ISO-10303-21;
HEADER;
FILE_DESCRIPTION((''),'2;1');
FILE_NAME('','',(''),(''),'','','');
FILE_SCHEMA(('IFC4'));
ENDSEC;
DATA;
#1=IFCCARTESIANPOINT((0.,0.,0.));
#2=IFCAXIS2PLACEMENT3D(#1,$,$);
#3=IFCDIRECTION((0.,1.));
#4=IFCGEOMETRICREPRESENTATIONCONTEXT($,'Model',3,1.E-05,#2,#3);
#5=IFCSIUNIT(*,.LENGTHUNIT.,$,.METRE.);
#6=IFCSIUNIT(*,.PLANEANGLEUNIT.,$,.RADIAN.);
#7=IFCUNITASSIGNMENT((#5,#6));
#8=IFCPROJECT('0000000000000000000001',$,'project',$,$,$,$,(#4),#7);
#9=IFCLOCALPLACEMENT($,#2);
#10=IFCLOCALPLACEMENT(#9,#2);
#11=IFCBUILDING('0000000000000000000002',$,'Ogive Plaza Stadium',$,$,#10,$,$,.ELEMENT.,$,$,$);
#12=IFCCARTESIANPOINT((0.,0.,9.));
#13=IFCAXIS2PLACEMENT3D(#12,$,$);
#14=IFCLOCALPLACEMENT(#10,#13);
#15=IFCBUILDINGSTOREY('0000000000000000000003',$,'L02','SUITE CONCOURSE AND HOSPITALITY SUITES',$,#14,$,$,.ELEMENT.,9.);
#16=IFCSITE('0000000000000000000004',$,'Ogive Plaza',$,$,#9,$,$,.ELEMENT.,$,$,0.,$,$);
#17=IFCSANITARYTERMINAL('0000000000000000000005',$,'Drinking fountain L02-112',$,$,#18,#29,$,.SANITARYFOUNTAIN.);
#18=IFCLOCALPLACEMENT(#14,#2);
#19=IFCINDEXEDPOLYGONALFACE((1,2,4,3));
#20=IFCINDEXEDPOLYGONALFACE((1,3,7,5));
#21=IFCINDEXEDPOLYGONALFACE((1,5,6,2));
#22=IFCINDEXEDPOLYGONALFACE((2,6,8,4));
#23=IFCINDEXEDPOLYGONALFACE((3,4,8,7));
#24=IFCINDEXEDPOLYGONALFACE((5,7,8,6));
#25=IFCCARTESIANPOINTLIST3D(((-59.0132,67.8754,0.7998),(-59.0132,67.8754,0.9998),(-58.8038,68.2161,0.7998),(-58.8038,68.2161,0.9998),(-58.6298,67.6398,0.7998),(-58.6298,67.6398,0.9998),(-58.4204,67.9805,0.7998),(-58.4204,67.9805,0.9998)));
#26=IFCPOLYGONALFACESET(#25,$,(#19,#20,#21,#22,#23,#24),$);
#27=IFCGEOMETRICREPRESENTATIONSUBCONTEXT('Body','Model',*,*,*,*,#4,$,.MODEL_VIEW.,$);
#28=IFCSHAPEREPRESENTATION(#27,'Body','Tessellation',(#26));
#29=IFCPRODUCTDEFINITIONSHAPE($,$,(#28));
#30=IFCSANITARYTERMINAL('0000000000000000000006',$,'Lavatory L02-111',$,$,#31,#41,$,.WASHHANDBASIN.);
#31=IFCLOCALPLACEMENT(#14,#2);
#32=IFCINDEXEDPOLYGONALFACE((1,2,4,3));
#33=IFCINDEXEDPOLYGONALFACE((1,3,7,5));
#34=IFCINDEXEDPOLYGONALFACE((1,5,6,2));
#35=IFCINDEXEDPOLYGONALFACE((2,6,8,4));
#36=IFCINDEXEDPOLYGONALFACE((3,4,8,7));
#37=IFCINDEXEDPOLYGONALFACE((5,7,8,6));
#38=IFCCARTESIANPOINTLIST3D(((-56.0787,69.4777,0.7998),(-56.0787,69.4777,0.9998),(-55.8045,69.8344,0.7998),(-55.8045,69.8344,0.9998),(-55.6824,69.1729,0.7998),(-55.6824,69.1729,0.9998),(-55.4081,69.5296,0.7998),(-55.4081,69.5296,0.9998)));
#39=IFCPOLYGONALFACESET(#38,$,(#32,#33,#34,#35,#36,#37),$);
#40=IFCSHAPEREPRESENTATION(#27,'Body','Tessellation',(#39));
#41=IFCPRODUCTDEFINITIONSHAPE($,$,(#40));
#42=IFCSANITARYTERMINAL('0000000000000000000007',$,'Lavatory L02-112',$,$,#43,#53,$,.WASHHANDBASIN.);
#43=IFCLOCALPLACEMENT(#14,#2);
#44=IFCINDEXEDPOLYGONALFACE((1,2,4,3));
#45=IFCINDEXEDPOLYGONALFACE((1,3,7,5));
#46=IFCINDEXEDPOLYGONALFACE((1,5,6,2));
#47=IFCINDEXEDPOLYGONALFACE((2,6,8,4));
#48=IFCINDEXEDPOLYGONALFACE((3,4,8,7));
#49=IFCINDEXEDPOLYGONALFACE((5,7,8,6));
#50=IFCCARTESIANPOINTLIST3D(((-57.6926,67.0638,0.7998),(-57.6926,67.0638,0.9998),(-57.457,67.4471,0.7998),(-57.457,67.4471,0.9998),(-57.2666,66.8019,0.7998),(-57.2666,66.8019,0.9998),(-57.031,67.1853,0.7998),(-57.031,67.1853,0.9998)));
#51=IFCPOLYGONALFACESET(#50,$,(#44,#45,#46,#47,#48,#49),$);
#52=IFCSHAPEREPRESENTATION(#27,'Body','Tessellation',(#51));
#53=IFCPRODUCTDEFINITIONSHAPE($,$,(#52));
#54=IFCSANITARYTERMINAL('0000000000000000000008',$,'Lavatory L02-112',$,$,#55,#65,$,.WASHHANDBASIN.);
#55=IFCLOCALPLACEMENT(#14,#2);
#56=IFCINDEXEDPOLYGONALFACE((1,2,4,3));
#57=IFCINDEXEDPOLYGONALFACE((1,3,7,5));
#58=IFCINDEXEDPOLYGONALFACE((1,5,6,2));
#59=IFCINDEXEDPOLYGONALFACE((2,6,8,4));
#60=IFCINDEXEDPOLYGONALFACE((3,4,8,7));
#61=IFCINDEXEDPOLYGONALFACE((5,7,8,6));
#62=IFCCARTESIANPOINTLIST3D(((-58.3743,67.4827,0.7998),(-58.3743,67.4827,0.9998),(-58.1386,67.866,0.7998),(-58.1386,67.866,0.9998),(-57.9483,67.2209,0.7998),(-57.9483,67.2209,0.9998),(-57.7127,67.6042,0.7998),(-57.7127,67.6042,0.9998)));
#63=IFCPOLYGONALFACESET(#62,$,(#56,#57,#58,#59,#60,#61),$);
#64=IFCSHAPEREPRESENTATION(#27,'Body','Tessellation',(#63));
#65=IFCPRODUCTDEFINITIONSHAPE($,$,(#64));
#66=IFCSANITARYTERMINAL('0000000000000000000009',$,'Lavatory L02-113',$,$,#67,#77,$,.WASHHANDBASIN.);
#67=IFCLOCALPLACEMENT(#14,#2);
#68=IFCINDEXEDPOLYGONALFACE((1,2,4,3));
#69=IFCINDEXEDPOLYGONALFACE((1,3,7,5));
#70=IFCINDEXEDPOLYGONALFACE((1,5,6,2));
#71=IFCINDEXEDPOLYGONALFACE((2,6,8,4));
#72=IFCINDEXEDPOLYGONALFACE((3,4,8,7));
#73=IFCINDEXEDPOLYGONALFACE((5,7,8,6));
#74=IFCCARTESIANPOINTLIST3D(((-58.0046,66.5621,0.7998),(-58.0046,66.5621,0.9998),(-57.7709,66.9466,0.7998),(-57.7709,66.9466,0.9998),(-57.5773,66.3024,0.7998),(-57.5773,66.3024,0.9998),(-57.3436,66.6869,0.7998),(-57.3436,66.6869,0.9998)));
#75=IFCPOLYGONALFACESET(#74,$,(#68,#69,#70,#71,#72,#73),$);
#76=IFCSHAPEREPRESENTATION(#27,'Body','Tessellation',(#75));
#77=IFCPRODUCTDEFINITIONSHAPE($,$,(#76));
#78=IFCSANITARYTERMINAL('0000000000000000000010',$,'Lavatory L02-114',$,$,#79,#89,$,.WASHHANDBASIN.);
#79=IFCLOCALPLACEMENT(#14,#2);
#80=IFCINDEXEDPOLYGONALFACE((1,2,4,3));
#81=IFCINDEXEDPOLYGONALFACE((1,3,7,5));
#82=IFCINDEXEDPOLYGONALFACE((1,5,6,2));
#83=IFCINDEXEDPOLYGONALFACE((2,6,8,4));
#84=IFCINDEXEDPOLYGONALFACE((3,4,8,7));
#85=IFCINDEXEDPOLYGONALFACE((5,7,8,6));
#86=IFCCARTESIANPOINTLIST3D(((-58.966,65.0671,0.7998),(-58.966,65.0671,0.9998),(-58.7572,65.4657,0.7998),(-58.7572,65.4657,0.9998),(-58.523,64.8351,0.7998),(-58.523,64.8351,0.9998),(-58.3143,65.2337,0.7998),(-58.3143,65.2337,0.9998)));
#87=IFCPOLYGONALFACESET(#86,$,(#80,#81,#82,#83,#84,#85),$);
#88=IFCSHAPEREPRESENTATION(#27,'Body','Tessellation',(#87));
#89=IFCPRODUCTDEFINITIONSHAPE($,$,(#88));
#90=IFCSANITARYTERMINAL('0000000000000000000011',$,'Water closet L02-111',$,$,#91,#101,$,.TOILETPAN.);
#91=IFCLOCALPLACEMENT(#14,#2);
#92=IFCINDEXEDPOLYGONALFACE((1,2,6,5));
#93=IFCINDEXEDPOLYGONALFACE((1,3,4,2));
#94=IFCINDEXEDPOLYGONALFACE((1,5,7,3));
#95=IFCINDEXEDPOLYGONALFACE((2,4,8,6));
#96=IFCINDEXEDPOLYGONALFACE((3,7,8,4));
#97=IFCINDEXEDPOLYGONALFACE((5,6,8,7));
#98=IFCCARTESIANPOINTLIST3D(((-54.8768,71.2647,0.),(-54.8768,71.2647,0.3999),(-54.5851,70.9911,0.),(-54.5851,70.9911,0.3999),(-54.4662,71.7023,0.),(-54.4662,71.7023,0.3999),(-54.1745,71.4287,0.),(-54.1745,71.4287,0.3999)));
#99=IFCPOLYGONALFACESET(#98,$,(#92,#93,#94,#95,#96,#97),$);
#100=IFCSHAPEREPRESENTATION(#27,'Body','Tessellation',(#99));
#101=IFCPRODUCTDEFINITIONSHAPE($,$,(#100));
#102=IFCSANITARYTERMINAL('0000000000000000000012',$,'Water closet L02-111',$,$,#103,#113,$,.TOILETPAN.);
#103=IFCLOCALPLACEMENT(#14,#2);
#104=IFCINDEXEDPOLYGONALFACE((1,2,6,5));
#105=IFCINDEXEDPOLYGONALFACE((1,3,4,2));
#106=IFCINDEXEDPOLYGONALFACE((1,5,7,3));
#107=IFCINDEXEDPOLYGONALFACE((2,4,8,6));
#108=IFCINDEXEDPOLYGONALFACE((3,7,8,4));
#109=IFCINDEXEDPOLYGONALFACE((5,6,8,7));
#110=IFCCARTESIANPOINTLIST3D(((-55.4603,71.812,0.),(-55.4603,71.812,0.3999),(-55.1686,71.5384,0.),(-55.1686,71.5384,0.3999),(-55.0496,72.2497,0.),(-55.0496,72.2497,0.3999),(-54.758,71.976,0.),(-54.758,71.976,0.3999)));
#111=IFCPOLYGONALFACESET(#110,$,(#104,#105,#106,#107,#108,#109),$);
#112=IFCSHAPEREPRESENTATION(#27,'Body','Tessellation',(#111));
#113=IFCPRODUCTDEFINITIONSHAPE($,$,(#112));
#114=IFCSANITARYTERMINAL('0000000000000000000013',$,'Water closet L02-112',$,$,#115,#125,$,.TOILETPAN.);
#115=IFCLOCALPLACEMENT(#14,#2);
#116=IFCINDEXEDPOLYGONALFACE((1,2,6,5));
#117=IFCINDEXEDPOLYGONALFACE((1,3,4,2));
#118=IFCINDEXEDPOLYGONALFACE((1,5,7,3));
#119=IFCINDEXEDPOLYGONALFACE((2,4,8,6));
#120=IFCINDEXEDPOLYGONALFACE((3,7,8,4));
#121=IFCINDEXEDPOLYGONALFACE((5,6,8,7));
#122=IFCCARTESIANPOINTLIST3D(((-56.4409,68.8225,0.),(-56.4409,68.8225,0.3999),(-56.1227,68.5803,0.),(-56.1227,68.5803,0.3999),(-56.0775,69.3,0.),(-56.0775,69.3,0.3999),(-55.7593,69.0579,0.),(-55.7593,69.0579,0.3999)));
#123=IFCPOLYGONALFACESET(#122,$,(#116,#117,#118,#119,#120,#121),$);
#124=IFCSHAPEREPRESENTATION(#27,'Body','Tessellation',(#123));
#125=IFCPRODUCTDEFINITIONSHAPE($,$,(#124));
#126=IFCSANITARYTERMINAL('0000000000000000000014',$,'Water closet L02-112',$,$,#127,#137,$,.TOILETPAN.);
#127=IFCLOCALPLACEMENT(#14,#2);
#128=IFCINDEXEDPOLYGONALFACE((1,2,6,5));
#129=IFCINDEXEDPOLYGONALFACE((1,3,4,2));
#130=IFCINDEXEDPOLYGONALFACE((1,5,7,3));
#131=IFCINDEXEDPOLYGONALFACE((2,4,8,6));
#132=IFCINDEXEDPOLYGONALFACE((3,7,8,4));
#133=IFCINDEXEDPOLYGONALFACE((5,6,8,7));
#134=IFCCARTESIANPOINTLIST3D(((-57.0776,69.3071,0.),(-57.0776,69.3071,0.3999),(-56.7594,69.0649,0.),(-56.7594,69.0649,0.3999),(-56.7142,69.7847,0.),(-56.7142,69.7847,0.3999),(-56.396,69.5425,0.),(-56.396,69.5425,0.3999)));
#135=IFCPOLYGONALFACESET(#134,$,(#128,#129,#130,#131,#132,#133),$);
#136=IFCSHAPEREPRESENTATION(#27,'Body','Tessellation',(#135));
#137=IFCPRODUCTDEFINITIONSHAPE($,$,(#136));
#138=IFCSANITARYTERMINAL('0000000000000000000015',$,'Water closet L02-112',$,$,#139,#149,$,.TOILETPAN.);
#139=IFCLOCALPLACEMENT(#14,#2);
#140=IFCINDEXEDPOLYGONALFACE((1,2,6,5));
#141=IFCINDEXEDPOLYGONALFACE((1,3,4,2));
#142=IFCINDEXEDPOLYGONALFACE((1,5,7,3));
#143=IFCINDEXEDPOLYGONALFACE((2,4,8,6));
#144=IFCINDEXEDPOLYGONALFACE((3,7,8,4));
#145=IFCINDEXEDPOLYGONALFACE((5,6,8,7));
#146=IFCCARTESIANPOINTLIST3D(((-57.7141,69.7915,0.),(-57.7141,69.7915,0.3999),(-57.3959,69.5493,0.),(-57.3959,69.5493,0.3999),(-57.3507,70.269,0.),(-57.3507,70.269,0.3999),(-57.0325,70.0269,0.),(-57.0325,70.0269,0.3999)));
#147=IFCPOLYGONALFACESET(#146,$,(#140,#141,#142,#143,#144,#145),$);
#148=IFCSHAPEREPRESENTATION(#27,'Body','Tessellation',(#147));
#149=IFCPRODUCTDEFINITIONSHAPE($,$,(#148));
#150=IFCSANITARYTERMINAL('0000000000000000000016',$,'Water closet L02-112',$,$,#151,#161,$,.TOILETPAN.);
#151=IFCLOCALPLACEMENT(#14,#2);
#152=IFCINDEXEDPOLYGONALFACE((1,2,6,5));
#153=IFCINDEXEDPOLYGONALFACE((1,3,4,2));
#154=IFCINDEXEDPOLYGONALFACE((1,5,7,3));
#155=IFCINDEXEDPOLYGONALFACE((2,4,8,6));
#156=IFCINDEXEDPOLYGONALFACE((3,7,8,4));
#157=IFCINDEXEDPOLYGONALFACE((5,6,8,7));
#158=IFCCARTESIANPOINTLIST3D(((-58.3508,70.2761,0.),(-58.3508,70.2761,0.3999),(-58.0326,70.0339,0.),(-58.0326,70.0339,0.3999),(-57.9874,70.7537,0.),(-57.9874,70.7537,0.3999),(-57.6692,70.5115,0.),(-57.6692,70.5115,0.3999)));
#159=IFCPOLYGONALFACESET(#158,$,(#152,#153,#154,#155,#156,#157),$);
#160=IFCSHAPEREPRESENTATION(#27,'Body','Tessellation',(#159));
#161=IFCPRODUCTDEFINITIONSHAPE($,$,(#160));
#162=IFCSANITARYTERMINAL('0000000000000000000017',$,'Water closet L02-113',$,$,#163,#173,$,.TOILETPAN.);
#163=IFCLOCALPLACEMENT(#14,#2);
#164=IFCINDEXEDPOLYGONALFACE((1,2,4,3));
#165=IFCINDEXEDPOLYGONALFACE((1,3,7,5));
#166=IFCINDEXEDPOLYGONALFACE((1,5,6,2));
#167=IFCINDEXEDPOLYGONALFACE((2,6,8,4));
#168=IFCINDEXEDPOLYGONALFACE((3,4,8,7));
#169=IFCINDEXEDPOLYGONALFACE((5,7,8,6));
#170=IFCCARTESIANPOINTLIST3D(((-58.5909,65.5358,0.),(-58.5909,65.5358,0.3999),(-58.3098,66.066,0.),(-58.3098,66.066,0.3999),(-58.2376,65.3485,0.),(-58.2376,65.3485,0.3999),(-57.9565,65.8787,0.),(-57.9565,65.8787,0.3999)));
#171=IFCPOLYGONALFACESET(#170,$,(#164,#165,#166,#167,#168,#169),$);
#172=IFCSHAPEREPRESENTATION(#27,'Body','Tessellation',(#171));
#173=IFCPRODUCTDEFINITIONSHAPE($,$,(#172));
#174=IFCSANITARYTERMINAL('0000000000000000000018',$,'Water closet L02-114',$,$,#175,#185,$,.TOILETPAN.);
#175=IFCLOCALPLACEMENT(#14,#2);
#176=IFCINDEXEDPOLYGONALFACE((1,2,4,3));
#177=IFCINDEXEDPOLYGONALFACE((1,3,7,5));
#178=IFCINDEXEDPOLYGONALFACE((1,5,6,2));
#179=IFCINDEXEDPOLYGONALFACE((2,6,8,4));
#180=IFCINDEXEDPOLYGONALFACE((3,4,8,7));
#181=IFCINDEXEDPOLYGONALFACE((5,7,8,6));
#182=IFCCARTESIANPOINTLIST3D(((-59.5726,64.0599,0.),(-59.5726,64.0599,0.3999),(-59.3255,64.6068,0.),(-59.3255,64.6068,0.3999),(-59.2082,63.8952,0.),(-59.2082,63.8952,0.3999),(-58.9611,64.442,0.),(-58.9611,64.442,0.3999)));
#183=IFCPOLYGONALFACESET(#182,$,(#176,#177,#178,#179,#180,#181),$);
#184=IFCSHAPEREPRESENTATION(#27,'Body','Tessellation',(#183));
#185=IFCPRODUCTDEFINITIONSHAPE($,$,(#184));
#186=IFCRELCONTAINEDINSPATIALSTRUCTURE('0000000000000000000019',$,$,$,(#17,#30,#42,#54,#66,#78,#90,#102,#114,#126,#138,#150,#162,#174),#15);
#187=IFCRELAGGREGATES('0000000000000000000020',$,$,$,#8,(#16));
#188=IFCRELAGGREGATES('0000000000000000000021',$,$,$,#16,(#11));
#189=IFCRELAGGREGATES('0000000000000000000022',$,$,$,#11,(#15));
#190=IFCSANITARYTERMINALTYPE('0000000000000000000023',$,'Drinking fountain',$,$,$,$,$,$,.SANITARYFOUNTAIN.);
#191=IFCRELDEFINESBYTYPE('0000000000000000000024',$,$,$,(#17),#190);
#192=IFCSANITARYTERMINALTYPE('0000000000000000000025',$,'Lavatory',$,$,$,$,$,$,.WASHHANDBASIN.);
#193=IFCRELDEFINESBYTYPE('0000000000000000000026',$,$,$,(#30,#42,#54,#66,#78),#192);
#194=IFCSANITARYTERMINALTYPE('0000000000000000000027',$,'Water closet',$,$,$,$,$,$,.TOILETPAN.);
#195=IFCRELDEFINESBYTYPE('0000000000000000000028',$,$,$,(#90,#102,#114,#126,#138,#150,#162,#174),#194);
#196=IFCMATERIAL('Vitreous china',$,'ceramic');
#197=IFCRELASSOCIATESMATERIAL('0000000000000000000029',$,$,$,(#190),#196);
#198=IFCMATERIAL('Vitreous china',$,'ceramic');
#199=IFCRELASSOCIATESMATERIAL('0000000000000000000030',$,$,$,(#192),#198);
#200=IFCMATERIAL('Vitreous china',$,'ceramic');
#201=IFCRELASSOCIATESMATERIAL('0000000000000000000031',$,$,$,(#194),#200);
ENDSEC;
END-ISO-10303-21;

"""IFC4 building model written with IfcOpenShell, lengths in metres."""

from ifc_helpers import new_model, si_unit, direction, frame, origin, origin_2d, place, context, subcontext, project, spatial, rectangle, extrude, material, type_object, element, save


model = new_model("IFC4")

# Units and contexts
model_context = context("Model", 3, precision=1e-05, world=origin(), true_north=direction((0.0, 1.0)))
body_context = subcontext(model_context, "Body", "Model", "MODEL_VIEW")
ifc_project = project(units=[si_unit("LENGTHUNIT", "METRE"), si_unit("PLANEANGLEUNIT", "RADIAN")], contexts=[model_context])

# Site, building, storey
site_placement = place(None, origin())
site = spatial("IfcSite", under=ifc_project, at=site_placement, Name="Ogive Plaza", CompositionType="ELEMENT", RefElevation=0.0)
building_placement = place(site_placement, origin())
building = spatial("IfcBuilding", under=site, at=building_placement, Name="Ogive Plaza Stadium", CompositionType="ELEMENT")
storey_placement = place(building_placement, frame((0.0, 0.0, 9.0)))
storey = spatial("IfcBuildingStorey", under=building, at=storey_placement, Name="L02", Description="SUITE CONCOURSE AND HOSPITALITY SUITES", CompositionType="ELEMENT", Elevation=9.0)

# Sanitary terminals
ifc_material_1 = material(Name="Vitreous china", Category="ceramic")
sanitary_terminal_type_1 = type_object("IfcSanitaryTerminalType", Name="Drinking fountain", PredefinedType="SANITARYFOUNTAIN", material=ifc_material_1)
sanitary_terminal_placement = place(storey_placement, frame((-58.7168, 67.928, 0.7998), z_axis=(0.0, 0.0, 1.0), x_axis=(-0.851922, 0.523669, 0.0)))
element("IfcSanitaryTerminal", 1, at=sanitary_terminal_placement, inside=storey, type_object=sanitary_terminal_type_1, Name="Drinking fountain L02-112", PredefinedType="SANITARYFOUNTAIN", context=body_context, shape_type="SweptSolid", body=[
    extrude(rectangle(XDim=0.45, YDim=0.3999, at=origin_2d()), origin(), (0.0, 0.0, 1.0), 0.2),
])
ifc_material_2 = material(Name="Vitreous china", Category="ceramic")
sanitary_terminal_type_2 = type_object("IfcSanitaryTerminalType", Name="Lavatory", PredefinedType="WASHHANDBASIN", material=ifc_material_2)
for number, where, z_axis, x_axis, name in (
    (2, (-55.7434, 69.5037, 0.7998), (0.0, 0.0, 1.0), (-0.792729, 0.609574, 0.0), "Lavatory L02-111"),
    (3, (-57.3618, 67.1245, 0.7998), (0.0, 0.0, 1.0), (-0.851922, 0.523669, 0.0), "Lavatory L02-112"),
    (4, (-58.0435, 67.5435, 0.7998), (0.0, 0.0, 1.0), (-0.851922, 0.523669, 0.0), "Lavatory L02-112"),
    (5, (-57.6741, 66.6245, 0.7998), (0.0, 0.0, 1.0), (-0.854559, 0.519355, 0.0), "Lavatory L02-113"),
    (6, (-58.6401, 65.1504, 0.7998), (0.0, 0.0, 1.0), (-0.885868, 0.463938, 0.0), "Lavatory L02-114"),
):
    element("IfcSanitaryTerminal", number, at=place(storey_placement, frame(where, z_axis=z_axis, x_axis=x_axis)), inside=storey, type_object=sanitary_terminal_type_2, Name=name, PredefinedType="WASHHANDBASIN", context=body_context, shape_type="SweptSolid", body=[
        extrude(rectangle(XDim=0.5, YDim=0.45, at=origin_2d()), origin(), (0.0, 0.0, 1.0), 0.2),
    ])
ifc_material_3 = material(Name="Vitreous china", Category="ceramic")
sanitary_terminal_type_3 = type_object("IfcSanitaryTerminalType", Name="Water closet", PredefinedType="TOILETPAN", material=ifc_material_3)
for number, where, z_axis, x_axis, name in (
    (7, (-54.5256, 71.3467, 0.0), (0.0, 0.0, 1.0), (-0.729268, 0.684228, 0.0), "Water closet L02-111"),
    (8, (-55.1091, 71.894, 0.0), (0.0, 0.0, 1.0), (-0.729268, 0.684228, 0.0), "Water closet L02-111"),
    (9, (-56.1001, 68.9402, 0.0), (0.0, 0.0, 1.0), (-0.795794, 0.605568, 0.0), "Water closet L02-112"),
    (10, (-56.7368, 69.4248, 0.0), (0.0, 0.0, 1.0), (-0.795794, 0.605568, 0.0), "Water closet L02-112"),
    (11, (-57.3733, 69.9092, 0.0), (0.0, 0.0, 1.0), (-0.795794, 0.605568, 0.0), "Water closet L02-112"),
    (12, (-58.01, 70.3938, 0.0), (0.0, 0.0, 1.0), (-0.795794, 0.605568, 0.0), "Water closet L02-112"),
    (13, (-58.2737, 65.7073, 0.0), (0.0, 0.0, 1.0), (-0.883533, 0.468369, 0.0), "Water closet L02-113"),
    (14, (-59.2668, 64.251, 0.0), (0.0, 0.0, 1.0), (-0.911223, 0.411914, 0.0), "Water closet L02-114"),
):
    element("IfcSanitaryTerminal", number, at=place(storey_placement, frame(where, z_axis=z_axis, x_axis=x_axis)), inside=storey, type_object=sanitary_terminal_type_3, Name=name, PredefinedType="TOILETPAN", context=body_context, shape_type="SweptSolid", body=[
        extrude(rectangle(XDim=0.3999, YDim=0.6001, at=origin_2d()), origin(), (0.0, 0.0, 1.0), 0.3999),
    ])

save(model, "model.ifc")
